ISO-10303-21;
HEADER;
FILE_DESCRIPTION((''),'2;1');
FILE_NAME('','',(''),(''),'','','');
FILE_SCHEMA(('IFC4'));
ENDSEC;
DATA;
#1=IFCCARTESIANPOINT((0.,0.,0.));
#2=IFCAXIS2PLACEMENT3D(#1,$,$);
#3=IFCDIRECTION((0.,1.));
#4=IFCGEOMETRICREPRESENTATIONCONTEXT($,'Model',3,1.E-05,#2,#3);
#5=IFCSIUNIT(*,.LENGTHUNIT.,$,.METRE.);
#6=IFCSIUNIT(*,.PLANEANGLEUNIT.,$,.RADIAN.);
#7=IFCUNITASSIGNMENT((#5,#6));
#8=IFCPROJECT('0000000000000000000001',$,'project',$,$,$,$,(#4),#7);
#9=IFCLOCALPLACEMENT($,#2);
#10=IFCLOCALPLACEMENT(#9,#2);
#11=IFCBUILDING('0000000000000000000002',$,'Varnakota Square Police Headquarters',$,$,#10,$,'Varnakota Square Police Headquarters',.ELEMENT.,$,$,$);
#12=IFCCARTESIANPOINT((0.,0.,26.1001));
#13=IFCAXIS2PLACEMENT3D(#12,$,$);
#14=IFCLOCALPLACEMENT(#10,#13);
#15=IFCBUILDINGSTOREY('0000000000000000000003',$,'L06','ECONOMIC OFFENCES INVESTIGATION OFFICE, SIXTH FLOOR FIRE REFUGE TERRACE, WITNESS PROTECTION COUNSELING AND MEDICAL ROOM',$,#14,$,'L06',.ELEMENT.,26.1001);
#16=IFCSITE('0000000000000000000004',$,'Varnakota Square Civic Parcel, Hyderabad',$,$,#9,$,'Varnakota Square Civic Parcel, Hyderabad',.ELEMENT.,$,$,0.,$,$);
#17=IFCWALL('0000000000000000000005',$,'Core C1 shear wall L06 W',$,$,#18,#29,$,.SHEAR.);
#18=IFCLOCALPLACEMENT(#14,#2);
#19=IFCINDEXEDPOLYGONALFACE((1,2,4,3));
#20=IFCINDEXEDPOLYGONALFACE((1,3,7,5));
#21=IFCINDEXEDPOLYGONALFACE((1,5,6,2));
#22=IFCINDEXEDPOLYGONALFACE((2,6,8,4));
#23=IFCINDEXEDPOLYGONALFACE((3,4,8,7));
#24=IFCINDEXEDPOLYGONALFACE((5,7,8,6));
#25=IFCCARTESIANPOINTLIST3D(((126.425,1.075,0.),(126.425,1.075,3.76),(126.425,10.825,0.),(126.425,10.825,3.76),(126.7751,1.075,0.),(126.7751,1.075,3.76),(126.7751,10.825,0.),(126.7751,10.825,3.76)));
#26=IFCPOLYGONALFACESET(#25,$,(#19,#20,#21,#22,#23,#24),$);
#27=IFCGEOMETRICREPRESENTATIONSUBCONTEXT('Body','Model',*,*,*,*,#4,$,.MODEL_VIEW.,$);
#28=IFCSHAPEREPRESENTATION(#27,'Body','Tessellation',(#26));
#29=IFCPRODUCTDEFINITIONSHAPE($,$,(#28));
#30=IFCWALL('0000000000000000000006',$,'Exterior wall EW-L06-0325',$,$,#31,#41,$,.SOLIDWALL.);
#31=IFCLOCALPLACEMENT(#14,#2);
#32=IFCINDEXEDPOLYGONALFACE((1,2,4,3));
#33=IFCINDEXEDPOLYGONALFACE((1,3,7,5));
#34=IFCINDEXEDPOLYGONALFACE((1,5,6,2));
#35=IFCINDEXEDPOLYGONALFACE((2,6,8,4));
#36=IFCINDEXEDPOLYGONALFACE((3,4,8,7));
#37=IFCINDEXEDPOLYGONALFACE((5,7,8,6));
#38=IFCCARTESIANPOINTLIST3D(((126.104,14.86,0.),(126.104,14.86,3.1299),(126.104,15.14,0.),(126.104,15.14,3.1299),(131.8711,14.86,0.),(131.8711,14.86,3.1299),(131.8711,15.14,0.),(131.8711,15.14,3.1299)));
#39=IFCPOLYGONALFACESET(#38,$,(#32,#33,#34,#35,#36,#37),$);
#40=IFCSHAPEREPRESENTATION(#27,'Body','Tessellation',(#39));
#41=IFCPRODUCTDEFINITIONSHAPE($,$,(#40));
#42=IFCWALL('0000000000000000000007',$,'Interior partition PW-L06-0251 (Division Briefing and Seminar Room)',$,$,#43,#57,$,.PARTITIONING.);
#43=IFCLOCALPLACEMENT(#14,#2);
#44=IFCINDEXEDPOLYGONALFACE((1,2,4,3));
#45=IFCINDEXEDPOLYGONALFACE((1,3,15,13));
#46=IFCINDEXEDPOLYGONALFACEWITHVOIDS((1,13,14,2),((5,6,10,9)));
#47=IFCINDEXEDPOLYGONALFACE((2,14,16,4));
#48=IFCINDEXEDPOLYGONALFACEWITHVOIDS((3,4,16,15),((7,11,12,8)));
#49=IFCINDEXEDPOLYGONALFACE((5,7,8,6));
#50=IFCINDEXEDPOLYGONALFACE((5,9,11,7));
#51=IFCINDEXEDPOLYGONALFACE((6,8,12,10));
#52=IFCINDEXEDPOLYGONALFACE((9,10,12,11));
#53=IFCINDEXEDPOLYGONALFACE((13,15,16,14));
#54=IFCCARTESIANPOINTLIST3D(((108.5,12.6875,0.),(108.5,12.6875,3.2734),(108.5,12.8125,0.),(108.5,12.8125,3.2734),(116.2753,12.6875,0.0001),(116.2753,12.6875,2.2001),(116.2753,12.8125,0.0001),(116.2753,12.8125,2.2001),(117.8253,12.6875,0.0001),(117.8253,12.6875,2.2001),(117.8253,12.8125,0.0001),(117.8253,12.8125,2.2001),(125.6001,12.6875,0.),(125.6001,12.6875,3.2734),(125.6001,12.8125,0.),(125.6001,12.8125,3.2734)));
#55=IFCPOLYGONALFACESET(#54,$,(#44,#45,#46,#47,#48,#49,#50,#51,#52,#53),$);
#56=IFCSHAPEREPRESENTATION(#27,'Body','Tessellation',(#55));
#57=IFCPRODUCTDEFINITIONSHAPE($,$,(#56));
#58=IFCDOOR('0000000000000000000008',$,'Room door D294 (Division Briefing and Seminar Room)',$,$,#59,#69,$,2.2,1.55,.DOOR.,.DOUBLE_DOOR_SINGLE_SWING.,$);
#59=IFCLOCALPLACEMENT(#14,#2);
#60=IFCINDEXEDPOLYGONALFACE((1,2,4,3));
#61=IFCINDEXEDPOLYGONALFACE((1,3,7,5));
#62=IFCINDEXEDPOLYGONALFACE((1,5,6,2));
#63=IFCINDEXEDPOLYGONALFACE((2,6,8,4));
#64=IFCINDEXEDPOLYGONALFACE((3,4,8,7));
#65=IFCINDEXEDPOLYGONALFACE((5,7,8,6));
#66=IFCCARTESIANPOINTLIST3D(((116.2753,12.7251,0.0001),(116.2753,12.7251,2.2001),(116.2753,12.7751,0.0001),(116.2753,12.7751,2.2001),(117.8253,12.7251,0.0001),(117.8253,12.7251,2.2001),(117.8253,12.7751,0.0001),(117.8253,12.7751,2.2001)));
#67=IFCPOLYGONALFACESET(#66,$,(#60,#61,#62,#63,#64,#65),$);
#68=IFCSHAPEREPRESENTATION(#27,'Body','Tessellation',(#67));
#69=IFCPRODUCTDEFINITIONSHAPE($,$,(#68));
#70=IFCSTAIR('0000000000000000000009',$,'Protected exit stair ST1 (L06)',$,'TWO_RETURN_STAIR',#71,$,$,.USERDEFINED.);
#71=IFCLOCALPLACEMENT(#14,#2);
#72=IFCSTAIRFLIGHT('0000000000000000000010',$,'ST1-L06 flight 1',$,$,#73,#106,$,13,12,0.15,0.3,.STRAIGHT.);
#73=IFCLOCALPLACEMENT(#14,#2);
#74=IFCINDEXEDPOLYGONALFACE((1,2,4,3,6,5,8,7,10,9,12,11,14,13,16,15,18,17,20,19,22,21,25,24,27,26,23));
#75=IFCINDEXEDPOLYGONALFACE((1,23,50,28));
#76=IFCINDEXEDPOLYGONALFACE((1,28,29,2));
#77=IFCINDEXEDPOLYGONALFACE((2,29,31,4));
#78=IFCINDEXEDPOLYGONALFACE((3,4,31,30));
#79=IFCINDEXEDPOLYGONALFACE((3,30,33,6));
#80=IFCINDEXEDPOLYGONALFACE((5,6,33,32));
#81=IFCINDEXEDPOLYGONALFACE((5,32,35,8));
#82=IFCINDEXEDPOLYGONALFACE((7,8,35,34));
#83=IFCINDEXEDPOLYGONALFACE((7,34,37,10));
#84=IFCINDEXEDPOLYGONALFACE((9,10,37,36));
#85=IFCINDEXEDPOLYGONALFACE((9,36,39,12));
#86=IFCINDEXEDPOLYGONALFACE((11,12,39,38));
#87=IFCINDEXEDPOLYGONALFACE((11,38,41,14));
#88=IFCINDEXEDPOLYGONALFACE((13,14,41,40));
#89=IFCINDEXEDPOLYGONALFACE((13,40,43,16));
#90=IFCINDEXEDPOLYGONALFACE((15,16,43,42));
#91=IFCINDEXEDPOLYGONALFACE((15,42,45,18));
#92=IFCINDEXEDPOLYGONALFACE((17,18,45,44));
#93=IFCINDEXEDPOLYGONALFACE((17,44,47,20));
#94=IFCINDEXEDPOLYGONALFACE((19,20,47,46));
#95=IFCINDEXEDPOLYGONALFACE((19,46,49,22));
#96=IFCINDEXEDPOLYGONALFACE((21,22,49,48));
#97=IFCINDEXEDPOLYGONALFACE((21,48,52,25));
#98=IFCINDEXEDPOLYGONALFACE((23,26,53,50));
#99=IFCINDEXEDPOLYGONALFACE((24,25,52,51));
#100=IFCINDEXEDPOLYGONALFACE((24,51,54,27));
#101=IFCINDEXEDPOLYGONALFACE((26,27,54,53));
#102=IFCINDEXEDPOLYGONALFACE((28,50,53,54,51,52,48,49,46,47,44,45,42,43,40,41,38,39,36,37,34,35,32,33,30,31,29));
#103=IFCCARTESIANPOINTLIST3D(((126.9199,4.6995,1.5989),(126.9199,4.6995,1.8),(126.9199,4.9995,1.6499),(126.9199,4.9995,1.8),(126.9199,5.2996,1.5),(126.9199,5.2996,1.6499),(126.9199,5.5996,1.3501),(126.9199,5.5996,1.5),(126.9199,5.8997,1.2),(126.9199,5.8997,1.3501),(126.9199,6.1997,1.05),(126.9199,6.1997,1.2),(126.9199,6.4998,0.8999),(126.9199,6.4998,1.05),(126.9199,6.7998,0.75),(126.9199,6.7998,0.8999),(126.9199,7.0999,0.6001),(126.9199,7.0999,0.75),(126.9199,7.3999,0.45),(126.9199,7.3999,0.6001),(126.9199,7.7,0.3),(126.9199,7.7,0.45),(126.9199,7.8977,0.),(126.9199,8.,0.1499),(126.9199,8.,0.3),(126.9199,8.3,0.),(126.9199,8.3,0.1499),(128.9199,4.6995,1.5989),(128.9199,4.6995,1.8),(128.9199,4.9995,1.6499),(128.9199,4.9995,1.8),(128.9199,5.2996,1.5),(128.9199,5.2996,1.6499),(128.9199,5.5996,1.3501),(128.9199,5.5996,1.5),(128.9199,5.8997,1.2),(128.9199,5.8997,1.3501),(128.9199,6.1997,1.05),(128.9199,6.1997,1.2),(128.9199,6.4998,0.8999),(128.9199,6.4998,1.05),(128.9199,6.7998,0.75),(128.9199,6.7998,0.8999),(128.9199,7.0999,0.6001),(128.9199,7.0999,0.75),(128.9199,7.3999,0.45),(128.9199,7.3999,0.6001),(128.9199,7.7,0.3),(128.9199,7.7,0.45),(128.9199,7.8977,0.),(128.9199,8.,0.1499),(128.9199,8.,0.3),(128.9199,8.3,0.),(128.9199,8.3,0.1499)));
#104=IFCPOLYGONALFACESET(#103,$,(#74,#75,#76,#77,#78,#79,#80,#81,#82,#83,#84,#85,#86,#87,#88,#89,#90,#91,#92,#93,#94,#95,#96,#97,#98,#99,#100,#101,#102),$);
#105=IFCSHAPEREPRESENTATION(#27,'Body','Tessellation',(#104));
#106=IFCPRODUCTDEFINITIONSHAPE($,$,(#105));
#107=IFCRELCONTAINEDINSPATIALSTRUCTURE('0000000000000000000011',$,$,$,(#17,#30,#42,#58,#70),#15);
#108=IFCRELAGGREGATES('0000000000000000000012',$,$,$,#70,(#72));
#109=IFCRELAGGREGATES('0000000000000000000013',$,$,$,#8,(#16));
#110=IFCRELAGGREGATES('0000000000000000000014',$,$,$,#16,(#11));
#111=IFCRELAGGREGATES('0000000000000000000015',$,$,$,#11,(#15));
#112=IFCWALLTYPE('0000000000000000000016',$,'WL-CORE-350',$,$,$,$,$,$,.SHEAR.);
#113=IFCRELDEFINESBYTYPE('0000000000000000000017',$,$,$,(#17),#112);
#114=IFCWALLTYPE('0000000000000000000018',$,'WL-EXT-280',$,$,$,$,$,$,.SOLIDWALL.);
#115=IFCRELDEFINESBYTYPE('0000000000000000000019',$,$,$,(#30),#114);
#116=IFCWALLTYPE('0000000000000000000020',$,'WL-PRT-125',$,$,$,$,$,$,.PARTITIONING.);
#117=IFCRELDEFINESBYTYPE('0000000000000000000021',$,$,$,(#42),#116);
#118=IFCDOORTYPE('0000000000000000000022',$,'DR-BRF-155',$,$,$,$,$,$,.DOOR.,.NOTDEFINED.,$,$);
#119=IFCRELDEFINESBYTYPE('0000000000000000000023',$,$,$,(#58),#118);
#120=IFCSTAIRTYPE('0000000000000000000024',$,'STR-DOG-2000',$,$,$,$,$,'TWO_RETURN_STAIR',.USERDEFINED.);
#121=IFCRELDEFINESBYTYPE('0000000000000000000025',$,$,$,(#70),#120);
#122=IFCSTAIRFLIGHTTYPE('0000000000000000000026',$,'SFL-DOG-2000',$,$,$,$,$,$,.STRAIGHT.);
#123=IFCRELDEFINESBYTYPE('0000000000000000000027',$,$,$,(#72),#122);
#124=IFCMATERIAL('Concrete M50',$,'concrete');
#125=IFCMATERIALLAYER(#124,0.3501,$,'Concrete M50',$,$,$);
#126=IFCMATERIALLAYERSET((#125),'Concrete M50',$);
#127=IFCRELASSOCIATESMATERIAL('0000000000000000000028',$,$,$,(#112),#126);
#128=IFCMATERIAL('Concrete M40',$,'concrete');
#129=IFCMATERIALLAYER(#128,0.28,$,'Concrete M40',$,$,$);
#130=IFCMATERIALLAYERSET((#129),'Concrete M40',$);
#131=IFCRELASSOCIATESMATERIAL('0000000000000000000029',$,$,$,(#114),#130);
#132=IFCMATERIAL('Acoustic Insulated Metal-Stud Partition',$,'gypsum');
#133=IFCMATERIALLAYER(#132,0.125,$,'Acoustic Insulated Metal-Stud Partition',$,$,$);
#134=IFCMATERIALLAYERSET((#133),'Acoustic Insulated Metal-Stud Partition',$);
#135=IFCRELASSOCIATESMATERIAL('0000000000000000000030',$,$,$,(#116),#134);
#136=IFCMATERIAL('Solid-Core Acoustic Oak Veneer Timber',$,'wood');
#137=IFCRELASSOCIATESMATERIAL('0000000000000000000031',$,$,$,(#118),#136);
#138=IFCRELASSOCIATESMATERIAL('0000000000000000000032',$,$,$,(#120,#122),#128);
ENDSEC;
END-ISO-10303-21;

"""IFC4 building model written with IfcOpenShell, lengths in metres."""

from ifc_helpers import new_model, si_unit, direction, frame, frame_2d, origin, place, context, subcontext, project, spatial, polyline, rectangle, outline, extrude, material, layer, layer_set, type_object, element, fill, aggregate, save


model = new_model("IFC4")

# Units and contexts
model_context = context("Model", 3, precision=1e-05, world=origin(), true_north=direction((0.0, 1.0)))
body_context = subcontext(model_context, "Body", "Model", "MODEL_VIEW")
ifc_project = project(units=[si_unit("LENGTHUNIT", "METRE"), si_unit("PLANEANGLEUNIT", "RADIAN")], contexts=[model_context])

# Site, building, storey
site_placement = place(None, origin())
site = spatial("IfcSite", under=ifc_project, at=site_placement, Name="Varnakota Square Civic Parcel, Hyderabad", LongName="Varnakota Square Civic Parcel, Hyderabad", CompositionType="ELEMENT", RefElevation=0.0)
building_placement = place(site_placement, origin())
building = spatial("IfcBuilding", under=site, at=building_placement, Name="Varnakota Square Police Headquarters", LongName="Varnakota Square Police Headquarters", CompositionType="ELEMENT")
storey_placement = place(building_placement, frame((0.0, 0.0, 26.1001)))
storey = spatial("IfcBuildingStorey", under=building, at=storey_placement, Name="L06", Description="ECONOMIC OFFENCES INVESTIGATION OFFICE, SIXTH FLOOR FIRE REFUGE TERRACE, WITNESS PROTECTION COUNSELING AND MEDICAL ROOM", LongName="L06", CompositionType="ELEMENT", Elevation=26.1001)

# Shared definitions
ifc_material_1 = material(Name="Concrete M50", Category="concrete")
ifc_layer_1 = layer(ifc_material_1, 0.3501, Name="Concrete M50")
ifc_layer_set_1 = layer_set([ifc_layer_1], Name="Concrete M50")
wall_type_1 = type_object("IfcWallType", Name="WL-CORE-350", PredefinedType="SHEAR", material=ifc_layer_set_1)

# Walls
wall_1_placement = place(storey_placement, frame((126.6001, 10.825, 0.0), z_axis=(0.0, 0.0, 1.0), x_axis=(0.0, -1.0, 0.0)))
element("IfcWall", 1, at=wall_1_placement, inside=storey, type_object=wall_type_1, Name="Core C1 shear wall L06 W", PredefinedType="SHEAR", context=body_context, shape_type="SweptSolid", body=[
    extrude(rectangle(XDim=9.75, YDim=0.3501, at=frame_2d((4.875, 0.0))), origin(), (0.0, 0.0, 1.0), 3.76),
])
ifc_material_2 = material(Name="Concrete M40", Category="concrete")
ifc_layer_2 = layer(ifc_material_2, 0.28, Name="Concrete M40")
ifc_layer_set_2 = layer_set([ifc_layer_2], Name="Concrete M40")
wall_type_2 = type_object("IfcWallType", Name="WL-EXT-280", PredefinedType="SOLIDWALL", material=ifc_layer_set_2)
wall_2_placement = place(storey_placement, frame((126.104, 15.0, 0.0), z_axis=(0.0, 0.0, 1.0), x_axis=(1.0, 0.0, 0.0)))
element("IfcWall", 2, at=wall_2_placement, inside=storey, type_object=wall_type_2, Name="Exterior wall EW-L06-0325", PredefinedType="SOLIDWALL", context=body_context, shape_type="SweptSolid", body=[
    extrude(rectangle(XDim=5.7671, YDim=0.28, at=frame_2d((2.8835, 0.0))), origin(), (0.0, 0.0, 1.0), 3.1299),
])

# Wall, opening, door
ifc_material_3 = material(Name="Acoustic Insulated Metal-Stud Partition", Category="gypsum")
ifc_layer_3 = layer(ifc_material_3, 0.125, Name="Acoustic Insulated Metal-Stud Partition")
ifc_layer_set_3 = layer_set([ifc_layer_3], Name="Acoustic Insulated Metal-Stud Partition")
wall_type_3 = type_object("IfcWallType", Name="WL-PRT-125", PredefinedType="PARTITIONING", material=ifc_layer_set_3)
wall_3_placement = place(storey_placement, frame((125.6001, 12.75, 0.0), z_axis=(0.0, 0.0, 1.0), x_axis=(-1.0, 0.0, 0.0)))
wall_3 = element("IfcWall", 3, at=wall_3_placement, inside=storey, type_object=wall_type_3, Name="Interior partition PW-L06-0251 (Division Briefing and Seminar Room)", PredefinedType="PARTITIONING", context=body_context, shape_type="SweptSolid", body=[
    extrude(rectangle(XDim=17.1001, YDim=0.125, at=frame_2d((8.55, 0.0))), origin(), (0.0, 0.0, 1.0), 3.2734),
])
opening_1_placement = place(wall_3_placement, frame((7.7749, 0.0, 0.0)))
opening_1 = element("IfcOpeningElement", 4, at=opening_1_placement, cuts=wall_3, PredefinedType="OPENING", context=body_context, shape_type="SweptSolid", body=[
    extrude(rectangle(XDim=1.55, YDim=2.2, at=frame_2d((0.7749, 1.1001))), frame((0.0, 0.0725, 0.0), z_axis=(0.0, -1.0, 0.0), x_axis=(1.0, 0.0, 0.0)), (0.0, 0.0, 1.0), 0.145),
])
ifc_material_4 = material(Name="Solid-Core Acoustic Oak Veneer Timber", Category="wood")
door_type_1 = type_object("IfcDoorType", Name="DR-BRF-155", OperationType="NOTDEFINED", PredefinedType="DOOR", material=ifc_material_4)
door_1_placement = place(opening_1_placement, origin())
door_1 = element("IfcDoor", 5, at=door_1_placement, inside=storey, type_object=door_type_1, Name="Room door D294 (Division Briefing and Seminar Room)", OperationType="DOUBLE_DOOR_SINGLE_SWING", OverallHeight=2.2, OverallWidth=1.55, PredefinedType="DOOR", context=body_context, shape_type="SweptSolid", body=[
    extrude(rectangle(XDim=1.55, YDim=2.2, at=frame_2d((0.7749, 1.1001))), frame((0.0, 0.0249, 0.0), z_axis=(0.0, -1.0, 0.0), x_axis=(1.0, 0.0, 0.0)), (0.0, 0.0, 1.0), 0.05),
])
fill(opening_1, door_1)

# Stair, stair flight
stair_type = type_object("IfcStairType", Name="STR-DOG-2000", ElementType="TWO_RETURN_STAIR", PredefinedType="USERDEFINED", material=ifc_material_2)
stair_placement = place(storey_placement, origin())
stair = element("IfcStair", 6, at=stair_placement, inside=storey, type_object=stair_type, Name="Protected exit stair ST1 (L06)", ObjectType="TWO_RETURN_STAIR", PredefinedType="USERDEFINED")
stair_flight_type = type_object("IfcStairFlightType", Name="SFL-DOG-2000", PredefinedType="STRAIGHT", material=ifc_material_2)
stair_flight_placement = place(storey_placement, frame((127.9199, 8.3, 0.0), z_axis=(0.0, 0.0, 1.0), x_axis=(0.0, -1.0, 0.0)))
stair_flight = element("IfcStairFlight", 7, at=stair_flight_placement, type_object=stair_flight_type, Name="ST1-L06 flight 1", NumberOfRisers=13, NumberOfTreads=12, PredefinedType="STRAIGHT", RiserHeight=0.15, TreadLength=0.3, context=body_context, shape_type="SweptSolid", body=[
    extrude(outline(polyline([(0.0, 0.0), (0.0, 0.1499), (0.3, 0.1499), (0.3, 0.3), (0.6001, 0.3), (0.6001, 0.45), (0.9001, 0.45), (0.9001, 0.6001), (1.2002, 0.6001), (1.2002, 0.75), (1.5002, 0.75), (1.5002, 0.8999), (1.8003, 0.8999), (1.8003, 1.05), (2.1003, 1.05), (2.1003, 1.2), (2.4004, 1.2), (2.4004, 1.3501), (2.7004, 1.3501), (2.7004, 1.5), (3.0005, 1.5), (3.0005, 1.6499), (3.3005, 1.6499), (3.3005, 1.8), (3.6006, 1.8), (3.6006, 1.95), (3.6006, 1.5989), (0.4023, 0.0), (0.0, 0.0)])), frame((0.0, 1.0, 0.0), z_axis=(0.0, -1.0, 0.0), x_axis=(1.0, 0.0, 0.0)), (0.0, 0.0, 1.0), 2.0),
])
aggregate(stair, [stair_flight])

save(model, "model.ifc")
